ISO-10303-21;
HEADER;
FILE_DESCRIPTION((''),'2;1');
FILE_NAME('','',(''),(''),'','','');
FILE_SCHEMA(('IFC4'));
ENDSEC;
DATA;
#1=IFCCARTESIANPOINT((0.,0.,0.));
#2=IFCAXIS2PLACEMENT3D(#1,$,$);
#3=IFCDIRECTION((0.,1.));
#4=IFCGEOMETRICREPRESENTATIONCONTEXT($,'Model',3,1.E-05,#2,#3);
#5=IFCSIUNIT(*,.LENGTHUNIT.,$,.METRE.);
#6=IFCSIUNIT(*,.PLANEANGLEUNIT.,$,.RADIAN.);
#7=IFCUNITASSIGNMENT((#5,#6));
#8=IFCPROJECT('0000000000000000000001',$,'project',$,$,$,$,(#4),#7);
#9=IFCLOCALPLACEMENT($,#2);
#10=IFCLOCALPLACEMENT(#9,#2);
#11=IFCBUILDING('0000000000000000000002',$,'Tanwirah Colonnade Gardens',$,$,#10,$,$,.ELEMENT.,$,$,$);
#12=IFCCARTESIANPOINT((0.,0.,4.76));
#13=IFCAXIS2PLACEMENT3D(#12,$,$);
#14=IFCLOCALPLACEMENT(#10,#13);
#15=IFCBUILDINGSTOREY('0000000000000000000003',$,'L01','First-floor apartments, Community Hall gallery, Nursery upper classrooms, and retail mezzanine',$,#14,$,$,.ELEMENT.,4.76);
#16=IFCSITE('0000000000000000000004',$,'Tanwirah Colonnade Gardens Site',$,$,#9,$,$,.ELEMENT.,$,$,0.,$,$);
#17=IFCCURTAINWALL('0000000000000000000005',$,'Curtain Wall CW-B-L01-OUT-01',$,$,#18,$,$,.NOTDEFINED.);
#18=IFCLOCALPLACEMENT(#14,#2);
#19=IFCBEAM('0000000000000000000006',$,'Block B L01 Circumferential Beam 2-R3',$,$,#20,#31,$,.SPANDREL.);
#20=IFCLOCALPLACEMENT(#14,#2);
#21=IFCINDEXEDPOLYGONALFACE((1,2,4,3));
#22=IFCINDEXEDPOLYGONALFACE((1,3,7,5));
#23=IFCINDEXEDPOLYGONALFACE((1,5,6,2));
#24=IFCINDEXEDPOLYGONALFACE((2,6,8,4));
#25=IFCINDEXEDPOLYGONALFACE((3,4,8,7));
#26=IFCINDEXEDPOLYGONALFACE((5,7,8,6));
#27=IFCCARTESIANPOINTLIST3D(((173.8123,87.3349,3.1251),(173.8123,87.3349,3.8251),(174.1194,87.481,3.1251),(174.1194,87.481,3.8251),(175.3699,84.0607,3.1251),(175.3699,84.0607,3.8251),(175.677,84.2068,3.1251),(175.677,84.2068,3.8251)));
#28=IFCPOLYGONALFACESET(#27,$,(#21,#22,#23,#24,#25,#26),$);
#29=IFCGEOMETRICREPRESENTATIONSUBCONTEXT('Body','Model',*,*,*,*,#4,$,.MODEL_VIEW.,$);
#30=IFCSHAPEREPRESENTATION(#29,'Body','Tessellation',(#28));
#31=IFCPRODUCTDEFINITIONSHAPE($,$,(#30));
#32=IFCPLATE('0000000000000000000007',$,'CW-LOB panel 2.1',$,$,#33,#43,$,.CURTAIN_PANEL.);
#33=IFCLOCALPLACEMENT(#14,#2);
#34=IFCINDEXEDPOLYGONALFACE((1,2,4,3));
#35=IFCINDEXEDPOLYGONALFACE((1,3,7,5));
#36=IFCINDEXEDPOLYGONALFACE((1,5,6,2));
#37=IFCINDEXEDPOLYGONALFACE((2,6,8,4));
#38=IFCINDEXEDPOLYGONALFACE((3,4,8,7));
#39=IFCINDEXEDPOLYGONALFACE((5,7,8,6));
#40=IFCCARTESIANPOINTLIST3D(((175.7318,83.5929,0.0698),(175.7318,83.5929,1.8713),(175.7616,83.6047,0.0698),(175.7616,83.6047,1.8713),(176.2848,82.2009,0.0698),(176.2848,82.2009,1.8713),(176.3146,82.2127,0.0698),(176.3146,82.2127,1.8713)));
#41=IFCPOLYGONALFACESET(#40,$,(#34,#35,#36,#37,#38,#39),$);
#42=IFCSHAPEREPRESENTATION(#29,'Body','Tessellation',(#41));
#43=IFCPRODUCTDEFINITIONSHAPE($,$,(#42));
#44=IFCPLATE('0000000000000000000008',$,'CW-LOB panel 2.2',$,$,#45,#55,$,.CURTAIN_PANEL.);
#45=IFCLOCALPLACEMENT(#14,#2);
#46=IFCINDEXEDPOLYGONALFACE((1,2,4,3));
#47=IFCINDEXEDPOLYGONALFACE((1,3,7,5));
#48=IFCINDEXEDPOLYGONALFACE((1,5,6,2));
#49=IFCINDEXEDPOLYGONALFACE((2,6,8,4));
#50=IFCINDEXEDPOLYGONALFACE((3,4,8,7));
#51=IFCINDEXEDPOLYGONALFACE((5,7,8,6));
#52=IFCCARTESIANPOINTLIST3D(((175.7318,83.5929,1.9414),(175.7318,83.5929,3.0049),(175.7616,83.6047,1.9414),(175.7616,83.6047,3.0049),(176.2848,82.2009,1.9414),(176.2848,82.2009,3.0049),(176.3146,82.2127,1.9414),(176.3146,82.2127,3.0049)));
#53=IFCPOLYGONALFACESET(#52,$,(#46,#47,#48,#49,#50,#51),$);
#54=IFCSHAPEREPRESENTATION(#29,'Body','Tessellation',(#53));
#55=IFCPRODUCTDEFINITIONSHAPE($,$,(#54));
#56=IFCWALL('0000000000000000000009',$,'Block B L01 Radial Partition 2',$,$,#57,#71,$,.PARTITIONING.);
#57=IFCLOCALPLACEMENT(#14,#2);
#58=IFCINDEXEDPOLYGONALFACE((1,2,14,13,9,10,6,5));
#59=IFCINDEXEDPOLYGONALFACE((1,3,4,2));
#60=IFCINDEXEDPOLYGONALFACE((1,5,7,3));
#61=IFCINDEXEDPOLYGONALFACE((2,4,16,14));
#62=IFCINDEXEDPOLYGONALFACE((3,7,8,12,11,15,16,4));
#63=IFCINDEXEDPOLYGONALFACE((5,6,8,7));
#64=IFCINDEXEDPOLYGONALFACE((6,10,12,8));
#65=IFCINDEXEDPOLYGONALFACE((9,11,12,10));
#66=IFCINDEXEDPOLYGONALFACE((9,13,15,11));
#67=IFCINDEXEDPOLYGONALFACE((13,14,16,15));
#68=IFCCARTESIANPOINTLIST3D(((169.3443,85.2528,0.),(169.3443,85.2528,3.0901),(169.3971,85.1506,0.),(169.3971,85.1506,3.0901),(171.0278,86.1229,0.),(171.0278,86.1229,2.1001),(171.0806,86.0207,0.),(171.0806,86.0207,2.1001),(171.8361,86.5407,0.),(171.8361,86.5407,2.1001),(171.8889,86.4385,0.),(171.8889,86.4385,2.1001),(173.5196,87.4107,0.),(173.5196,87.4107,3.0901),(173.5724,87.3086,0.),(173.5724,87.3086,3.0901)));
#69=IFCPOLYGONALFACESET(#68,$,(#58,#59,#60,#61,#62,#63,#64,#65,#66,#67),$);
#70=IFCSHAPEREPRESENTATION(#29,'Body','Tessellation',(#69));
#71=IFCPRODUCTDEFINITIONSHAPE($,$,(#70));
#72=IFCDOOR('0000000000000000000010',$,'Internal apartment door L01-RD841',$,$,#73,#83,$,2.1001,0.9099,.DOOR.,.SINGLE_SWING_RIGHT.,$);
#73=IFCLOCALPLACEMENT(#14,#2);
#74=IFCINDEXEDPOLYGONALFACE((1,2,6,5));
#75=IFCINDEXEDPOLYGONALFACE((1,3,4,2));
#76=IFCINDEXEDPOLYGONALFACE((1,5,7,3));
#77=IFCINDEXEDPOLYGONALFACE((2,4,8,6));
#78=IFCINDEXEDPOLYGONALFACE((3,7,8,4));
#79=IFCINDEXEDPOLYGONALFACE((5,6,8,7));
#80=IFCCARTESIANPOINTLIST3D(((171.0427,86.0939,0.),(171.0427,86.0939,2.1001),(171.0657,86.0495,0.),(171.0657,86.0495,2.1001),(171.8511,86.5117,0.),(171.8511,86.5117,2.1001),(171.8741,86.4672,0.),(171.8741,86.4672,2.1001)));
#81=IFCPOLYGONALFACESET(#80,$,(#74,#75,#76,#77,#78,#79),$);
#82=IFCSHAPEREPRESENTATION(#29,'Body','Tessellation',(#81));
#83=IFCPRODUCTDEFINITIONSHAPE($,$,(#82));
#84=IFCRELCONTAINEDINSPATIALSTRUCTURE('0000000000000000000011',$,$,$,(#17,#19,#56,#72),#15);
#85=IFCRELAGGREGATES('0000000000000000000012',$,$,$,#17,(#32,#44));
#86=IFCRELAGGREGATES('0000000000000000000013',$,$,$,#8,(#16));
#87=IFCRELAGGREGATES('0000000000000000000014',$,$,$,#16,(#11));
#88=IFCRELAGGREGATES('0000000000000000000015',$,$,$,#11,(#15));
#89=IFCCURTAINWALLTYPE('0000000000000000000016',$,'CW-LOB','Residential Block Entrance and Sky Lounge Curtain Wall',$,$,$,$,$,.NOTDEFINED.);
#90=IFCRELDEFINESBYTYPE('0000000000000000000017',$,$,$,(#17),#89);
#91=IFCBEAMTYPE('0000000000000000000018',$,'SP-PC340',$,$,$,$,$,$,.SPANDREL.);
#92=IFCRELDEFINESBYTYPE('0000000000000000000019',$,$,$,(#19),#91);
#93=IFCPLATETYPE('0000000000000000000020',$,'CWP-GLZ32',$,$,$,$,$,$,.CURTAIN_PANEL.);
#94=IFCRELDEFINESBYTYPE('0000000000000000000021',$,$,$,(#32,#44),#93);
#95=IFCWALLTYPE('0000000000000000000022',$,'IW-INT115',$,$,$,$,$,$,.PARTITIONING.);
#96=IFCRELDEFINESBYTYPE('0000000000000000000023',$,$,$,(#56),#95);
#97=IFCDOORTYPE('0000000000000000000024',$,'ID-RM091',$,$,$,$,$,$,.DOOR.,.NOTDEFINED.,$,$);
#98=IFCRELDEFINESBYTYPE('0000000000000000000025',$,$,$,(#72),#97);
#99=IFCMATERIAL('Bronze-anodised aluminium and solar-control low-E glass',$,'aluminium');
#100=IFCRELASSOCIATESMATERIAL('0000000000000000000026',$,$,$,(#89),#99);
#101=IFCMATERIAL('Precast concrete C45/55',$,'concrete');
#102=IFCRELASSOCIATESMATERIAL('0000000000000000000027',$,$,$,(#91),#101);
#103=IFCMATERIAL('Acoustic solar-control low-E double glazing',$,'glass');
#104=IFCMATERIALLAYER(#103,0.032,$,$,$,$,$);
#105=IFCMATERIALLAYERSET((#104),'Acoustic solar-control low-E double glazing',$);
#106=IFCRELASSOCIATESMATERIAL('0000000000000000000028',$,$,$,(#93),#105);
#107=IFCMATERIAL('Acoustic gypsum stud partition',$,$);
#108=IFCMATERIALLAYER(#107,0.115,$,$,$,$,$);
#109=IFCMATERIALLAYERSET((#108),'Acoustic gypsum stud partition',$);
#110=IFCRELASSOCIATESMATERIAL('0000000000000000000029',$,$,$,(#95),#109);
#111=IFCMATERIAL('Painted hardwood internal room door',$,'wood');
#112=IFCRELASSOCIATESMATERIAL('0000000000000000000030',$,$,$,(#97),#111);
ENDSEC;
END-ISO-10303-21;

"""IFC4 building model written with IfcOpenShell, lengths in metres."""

from ifc_helpers import new_model, si_unit, direction, frame, frame_2d, origin, origin_2d, place, context, subcontext, project, spatial, rectangle, extrude, material, layer, layer_set, material_profile, profile_set, type_object, element, fill, aggregate, save


model = new_model("IFC4")

# Units and contexts
model_context = context("Model", 3, precision=1e-05, world=origin(), true_north=direction((0.0, 1.0)))
body_context = subcontext(model_context, "Body", "Model", "MODEL_VIEW")
ifc_project = project(units=[si_unit("LENGTHUNIT", "METRE"), si_unit("PLANEANGLEUNIT", "RADIAN")], contexts=[model_context])

# Site, building, storey
site_placement = place(None, origin())
site = spatial("IfcSite", under=ifc_project, at=site_placement, Name="Tanwirah Colonnade Gardens Site", CompositionType="ELEMENT", RefElevation=0.0)
building_placement = place(site_placement, origin())
building = spatial("IfcBuilding", under=site, at=building_placement, Name="Tanwirah Colonnade Gardens", CompositionType="ELEMENT")
storey_placement = place(building_placement, frame((0.0, 0.0, 4.76)))
storey = spatial("IfcBuildingStorey", under=building, at=storey_placement, Name="L01", Description="First-floor apartments, Community Hall gallery, Nursery upper classrooms, and retail mezzanine", CompositionType="ELEMENT", Elevation=4.76)

# Shared definitions
ifc_material_1 = material(Name="Precast concrete C45/55", Category="concrete")

# Curtain wall
ifc_material_2 = material(Name="Bronze-anodised aluminium and solar-control low-E glass", Category="aluminium")
curtain_wall_type = type_object("IfcCurtainWallType", Name="CW-LOB", Description="Residential Block Entrance and Sky Lounge Curtain Wall", PredefinedType="NOTDEFINED", material=ifc_material_2)
curtain_wall_placement = place(storey_placement, origin())
curtain_wall = element("IfcCurtainWall", 1, at=curtain_wall_placement, inside=storey, type_object=curtain_wall_type, Name="Curtain Wall CW-B-L01-OUT-01", PredefinedType="NOTDEFINED")

# Beam
ifc_material_profile_1 = material_profile(ifc_material_1, rectangle(XDim=0.3401, YDim=0.7, at=origin_2d()), Name="PC-SP 340x700")
ifc_profile_set_1 = profile_set([ifc_material_profile_1], Name="Precast concrete C45/55")
beam_type_1 = type_object("IfcBeamType", Name="SP-PC340", PredefinedType="SPANDREL", material=ifc_profile_set_1)
beam_1_placement = place(storey_placement, frame((175.5234, 84.1338, 3.4751), z_axis=(-0.429594, 0.903022, 0.0), x_axis=(-0.903022, -0.429594, 0.0)))
element("IfcBeam", 2, at=beam_1_placement, inside=storey, type_object=beam_type_1, Name="Block B L01 Circumferential Beam 2-R3", PredefinedType="SPANDREL", context=body_context, shape_type="SweptSolid", body=[
    extrude(rectangle(XDim=0.3401, YDim=0.7, at=origin_2d()), origin(), (0.0, 0.0, 1.0), 3.6257),
])

# Plates
ifc_material_3 = material(Name="Acoustic solar-control low-E double glazing", Category="glass")
ifc_layer_1 = layer(ifc_material_3, 0.032)
ifc_layer_set_1 = layer_set([ifc_layer_1], Name="Acoustic solar-control low-E double glazing")
plate_type = type_object("IfcPlateType", Name="CWP-GLZ32", PredefinedType="CURTAIN_PANEL", material=ifc_layer_set_1)
plate_1_placement = place(storey_placement, frame((176.0232, 82.9028, 0.0698), z_axis=(0.0, 0.0, 1.0), x_axis=(-0.369206, 0.929348, 0.0)))
plate_1 = element("IfcPlate", 3, at=plate_1_placement, type_object=plate_type, Name="CW-LOB panel 2.1", PredefinedType="CURTAIN_PANEL", context=body_context, shape_type="SweptSolid", body=[
    extrude(rectangle(XDim=1.4978, YDim=0.032, at=origin_2d()), origin(), (0.0, 0.0, 1.0), 1.8015),
])
plate_2_placement = place(storey_placement, frame((176.0232, 82.9028, 1.9414), z_axis=(0.0, 0.0, 1.0), x_axis=(-0.369206, 0.929348, 0.0)))
plate_2 = element("IfcPlate", 4, at=plate_2_placement, type_object=plate_type, Name="CW-LOB panel 2.2", PredefinedType="CURTAIN_PANEL", context=body_context, shape_type="SweptSolid", body=[
    extrude(rectangle(XDim=1.4978, YDim=0.032, at=origin_2d()), origin(), (0.0, 0.0, 1.0), 1.0635),
])
aggregate(curtain_wall, [plate_1, plate_2])

# Wall, opening, door
ifc_material_4 = material(Name="Acoustic gypsum stud partition")
ifc_layer_2 = layer(ifc_material_4, 0.115)
ifc_layer_set_2 = layer_set([ifc_layer_2], Name="Acoustic gypsum stud partition")
wall_type_1 = type_object("IfcWallType", Name="IW-INT115", PredefinedType="PARTITIONING", material=ifc_layer_set_2)
wall_1_placement = place(storey_placement, frame((169.3706, 85.2017, 0.0), z_axis=(0.0, 0.0, 1.0), x_axis=(0.888363, 0.459142, 0.0)))
wall_1 = element("IfcWall", 5, at=wall_1_placement, inside=storey, type_object=wall_type_1, Name="Block B L01 Radial Partition 2", PredefinedType="PARTITIONING", context=body_context, shape_type="SweptSolid", body=[
    extrude(rectangle(XDim=4.7, YDim=0.115, at=frame_2d((2.3501, 0.0))), origin(), (0.0, 0.0, 1.0), 3.0901),
])
opening_1_placement = place(wall_1_placement, frame((1.895, 0.0, 0.0)))
opening_1 = element("IfcOpeningElement", 6, at=opening_1_placement, cuts=wall_1, PredefinedType="OPENING", context=body_context, shape_type="SweptSolid", body=[
    extrude(rectangle(XDim=0.9099, YDim=2.1001, at=frame_2d((0.4551, 1.05))), frame((0.0, 0.0674, 0.0), z_axis=(0.0, -1.0, 0.0), x_axis=(1.0, 0.0, 0.0)), (0.0, 0.0, 1.0), 0.135),
])
ifc_material_5 = material(Name="Painted hardwood internal room door", Category="wood")
door_type_1 = type_object("IfcDoorType", Name="ID-RM091", OperationType="NOTDEFINED", PredefinedType="DOOR", material=ifc_material_5)
door_1_placement = place(opening_1_placement, origin())
door_1 = element("IfcDoor", 7, at=door_1_placement, inside=storey, type_object=door_type_1, Name="Internal apartment door L01-RD841", OperationType="SINGLE_SWING_RIGHT", OverallHeight=2.1001, OverallWidth=0.9099, PredefinedType="DOOR", context=body_context, shape_type="SweptSolid", body=[
    extrude(rectangle(XDim=0.9099, YDim=2.1001, at=frame_2d((0.4551, 1.05))), frame((0.0, 0.0249, 0.0), z_axis=(0.0, -1.0, 0.0), x_axis=(1.0, 0.0, 0.0)), (0.0, 0.0, 1.0), 0.05),
])
fill(opening_1, door_1)

save(model, "model.ifc")
